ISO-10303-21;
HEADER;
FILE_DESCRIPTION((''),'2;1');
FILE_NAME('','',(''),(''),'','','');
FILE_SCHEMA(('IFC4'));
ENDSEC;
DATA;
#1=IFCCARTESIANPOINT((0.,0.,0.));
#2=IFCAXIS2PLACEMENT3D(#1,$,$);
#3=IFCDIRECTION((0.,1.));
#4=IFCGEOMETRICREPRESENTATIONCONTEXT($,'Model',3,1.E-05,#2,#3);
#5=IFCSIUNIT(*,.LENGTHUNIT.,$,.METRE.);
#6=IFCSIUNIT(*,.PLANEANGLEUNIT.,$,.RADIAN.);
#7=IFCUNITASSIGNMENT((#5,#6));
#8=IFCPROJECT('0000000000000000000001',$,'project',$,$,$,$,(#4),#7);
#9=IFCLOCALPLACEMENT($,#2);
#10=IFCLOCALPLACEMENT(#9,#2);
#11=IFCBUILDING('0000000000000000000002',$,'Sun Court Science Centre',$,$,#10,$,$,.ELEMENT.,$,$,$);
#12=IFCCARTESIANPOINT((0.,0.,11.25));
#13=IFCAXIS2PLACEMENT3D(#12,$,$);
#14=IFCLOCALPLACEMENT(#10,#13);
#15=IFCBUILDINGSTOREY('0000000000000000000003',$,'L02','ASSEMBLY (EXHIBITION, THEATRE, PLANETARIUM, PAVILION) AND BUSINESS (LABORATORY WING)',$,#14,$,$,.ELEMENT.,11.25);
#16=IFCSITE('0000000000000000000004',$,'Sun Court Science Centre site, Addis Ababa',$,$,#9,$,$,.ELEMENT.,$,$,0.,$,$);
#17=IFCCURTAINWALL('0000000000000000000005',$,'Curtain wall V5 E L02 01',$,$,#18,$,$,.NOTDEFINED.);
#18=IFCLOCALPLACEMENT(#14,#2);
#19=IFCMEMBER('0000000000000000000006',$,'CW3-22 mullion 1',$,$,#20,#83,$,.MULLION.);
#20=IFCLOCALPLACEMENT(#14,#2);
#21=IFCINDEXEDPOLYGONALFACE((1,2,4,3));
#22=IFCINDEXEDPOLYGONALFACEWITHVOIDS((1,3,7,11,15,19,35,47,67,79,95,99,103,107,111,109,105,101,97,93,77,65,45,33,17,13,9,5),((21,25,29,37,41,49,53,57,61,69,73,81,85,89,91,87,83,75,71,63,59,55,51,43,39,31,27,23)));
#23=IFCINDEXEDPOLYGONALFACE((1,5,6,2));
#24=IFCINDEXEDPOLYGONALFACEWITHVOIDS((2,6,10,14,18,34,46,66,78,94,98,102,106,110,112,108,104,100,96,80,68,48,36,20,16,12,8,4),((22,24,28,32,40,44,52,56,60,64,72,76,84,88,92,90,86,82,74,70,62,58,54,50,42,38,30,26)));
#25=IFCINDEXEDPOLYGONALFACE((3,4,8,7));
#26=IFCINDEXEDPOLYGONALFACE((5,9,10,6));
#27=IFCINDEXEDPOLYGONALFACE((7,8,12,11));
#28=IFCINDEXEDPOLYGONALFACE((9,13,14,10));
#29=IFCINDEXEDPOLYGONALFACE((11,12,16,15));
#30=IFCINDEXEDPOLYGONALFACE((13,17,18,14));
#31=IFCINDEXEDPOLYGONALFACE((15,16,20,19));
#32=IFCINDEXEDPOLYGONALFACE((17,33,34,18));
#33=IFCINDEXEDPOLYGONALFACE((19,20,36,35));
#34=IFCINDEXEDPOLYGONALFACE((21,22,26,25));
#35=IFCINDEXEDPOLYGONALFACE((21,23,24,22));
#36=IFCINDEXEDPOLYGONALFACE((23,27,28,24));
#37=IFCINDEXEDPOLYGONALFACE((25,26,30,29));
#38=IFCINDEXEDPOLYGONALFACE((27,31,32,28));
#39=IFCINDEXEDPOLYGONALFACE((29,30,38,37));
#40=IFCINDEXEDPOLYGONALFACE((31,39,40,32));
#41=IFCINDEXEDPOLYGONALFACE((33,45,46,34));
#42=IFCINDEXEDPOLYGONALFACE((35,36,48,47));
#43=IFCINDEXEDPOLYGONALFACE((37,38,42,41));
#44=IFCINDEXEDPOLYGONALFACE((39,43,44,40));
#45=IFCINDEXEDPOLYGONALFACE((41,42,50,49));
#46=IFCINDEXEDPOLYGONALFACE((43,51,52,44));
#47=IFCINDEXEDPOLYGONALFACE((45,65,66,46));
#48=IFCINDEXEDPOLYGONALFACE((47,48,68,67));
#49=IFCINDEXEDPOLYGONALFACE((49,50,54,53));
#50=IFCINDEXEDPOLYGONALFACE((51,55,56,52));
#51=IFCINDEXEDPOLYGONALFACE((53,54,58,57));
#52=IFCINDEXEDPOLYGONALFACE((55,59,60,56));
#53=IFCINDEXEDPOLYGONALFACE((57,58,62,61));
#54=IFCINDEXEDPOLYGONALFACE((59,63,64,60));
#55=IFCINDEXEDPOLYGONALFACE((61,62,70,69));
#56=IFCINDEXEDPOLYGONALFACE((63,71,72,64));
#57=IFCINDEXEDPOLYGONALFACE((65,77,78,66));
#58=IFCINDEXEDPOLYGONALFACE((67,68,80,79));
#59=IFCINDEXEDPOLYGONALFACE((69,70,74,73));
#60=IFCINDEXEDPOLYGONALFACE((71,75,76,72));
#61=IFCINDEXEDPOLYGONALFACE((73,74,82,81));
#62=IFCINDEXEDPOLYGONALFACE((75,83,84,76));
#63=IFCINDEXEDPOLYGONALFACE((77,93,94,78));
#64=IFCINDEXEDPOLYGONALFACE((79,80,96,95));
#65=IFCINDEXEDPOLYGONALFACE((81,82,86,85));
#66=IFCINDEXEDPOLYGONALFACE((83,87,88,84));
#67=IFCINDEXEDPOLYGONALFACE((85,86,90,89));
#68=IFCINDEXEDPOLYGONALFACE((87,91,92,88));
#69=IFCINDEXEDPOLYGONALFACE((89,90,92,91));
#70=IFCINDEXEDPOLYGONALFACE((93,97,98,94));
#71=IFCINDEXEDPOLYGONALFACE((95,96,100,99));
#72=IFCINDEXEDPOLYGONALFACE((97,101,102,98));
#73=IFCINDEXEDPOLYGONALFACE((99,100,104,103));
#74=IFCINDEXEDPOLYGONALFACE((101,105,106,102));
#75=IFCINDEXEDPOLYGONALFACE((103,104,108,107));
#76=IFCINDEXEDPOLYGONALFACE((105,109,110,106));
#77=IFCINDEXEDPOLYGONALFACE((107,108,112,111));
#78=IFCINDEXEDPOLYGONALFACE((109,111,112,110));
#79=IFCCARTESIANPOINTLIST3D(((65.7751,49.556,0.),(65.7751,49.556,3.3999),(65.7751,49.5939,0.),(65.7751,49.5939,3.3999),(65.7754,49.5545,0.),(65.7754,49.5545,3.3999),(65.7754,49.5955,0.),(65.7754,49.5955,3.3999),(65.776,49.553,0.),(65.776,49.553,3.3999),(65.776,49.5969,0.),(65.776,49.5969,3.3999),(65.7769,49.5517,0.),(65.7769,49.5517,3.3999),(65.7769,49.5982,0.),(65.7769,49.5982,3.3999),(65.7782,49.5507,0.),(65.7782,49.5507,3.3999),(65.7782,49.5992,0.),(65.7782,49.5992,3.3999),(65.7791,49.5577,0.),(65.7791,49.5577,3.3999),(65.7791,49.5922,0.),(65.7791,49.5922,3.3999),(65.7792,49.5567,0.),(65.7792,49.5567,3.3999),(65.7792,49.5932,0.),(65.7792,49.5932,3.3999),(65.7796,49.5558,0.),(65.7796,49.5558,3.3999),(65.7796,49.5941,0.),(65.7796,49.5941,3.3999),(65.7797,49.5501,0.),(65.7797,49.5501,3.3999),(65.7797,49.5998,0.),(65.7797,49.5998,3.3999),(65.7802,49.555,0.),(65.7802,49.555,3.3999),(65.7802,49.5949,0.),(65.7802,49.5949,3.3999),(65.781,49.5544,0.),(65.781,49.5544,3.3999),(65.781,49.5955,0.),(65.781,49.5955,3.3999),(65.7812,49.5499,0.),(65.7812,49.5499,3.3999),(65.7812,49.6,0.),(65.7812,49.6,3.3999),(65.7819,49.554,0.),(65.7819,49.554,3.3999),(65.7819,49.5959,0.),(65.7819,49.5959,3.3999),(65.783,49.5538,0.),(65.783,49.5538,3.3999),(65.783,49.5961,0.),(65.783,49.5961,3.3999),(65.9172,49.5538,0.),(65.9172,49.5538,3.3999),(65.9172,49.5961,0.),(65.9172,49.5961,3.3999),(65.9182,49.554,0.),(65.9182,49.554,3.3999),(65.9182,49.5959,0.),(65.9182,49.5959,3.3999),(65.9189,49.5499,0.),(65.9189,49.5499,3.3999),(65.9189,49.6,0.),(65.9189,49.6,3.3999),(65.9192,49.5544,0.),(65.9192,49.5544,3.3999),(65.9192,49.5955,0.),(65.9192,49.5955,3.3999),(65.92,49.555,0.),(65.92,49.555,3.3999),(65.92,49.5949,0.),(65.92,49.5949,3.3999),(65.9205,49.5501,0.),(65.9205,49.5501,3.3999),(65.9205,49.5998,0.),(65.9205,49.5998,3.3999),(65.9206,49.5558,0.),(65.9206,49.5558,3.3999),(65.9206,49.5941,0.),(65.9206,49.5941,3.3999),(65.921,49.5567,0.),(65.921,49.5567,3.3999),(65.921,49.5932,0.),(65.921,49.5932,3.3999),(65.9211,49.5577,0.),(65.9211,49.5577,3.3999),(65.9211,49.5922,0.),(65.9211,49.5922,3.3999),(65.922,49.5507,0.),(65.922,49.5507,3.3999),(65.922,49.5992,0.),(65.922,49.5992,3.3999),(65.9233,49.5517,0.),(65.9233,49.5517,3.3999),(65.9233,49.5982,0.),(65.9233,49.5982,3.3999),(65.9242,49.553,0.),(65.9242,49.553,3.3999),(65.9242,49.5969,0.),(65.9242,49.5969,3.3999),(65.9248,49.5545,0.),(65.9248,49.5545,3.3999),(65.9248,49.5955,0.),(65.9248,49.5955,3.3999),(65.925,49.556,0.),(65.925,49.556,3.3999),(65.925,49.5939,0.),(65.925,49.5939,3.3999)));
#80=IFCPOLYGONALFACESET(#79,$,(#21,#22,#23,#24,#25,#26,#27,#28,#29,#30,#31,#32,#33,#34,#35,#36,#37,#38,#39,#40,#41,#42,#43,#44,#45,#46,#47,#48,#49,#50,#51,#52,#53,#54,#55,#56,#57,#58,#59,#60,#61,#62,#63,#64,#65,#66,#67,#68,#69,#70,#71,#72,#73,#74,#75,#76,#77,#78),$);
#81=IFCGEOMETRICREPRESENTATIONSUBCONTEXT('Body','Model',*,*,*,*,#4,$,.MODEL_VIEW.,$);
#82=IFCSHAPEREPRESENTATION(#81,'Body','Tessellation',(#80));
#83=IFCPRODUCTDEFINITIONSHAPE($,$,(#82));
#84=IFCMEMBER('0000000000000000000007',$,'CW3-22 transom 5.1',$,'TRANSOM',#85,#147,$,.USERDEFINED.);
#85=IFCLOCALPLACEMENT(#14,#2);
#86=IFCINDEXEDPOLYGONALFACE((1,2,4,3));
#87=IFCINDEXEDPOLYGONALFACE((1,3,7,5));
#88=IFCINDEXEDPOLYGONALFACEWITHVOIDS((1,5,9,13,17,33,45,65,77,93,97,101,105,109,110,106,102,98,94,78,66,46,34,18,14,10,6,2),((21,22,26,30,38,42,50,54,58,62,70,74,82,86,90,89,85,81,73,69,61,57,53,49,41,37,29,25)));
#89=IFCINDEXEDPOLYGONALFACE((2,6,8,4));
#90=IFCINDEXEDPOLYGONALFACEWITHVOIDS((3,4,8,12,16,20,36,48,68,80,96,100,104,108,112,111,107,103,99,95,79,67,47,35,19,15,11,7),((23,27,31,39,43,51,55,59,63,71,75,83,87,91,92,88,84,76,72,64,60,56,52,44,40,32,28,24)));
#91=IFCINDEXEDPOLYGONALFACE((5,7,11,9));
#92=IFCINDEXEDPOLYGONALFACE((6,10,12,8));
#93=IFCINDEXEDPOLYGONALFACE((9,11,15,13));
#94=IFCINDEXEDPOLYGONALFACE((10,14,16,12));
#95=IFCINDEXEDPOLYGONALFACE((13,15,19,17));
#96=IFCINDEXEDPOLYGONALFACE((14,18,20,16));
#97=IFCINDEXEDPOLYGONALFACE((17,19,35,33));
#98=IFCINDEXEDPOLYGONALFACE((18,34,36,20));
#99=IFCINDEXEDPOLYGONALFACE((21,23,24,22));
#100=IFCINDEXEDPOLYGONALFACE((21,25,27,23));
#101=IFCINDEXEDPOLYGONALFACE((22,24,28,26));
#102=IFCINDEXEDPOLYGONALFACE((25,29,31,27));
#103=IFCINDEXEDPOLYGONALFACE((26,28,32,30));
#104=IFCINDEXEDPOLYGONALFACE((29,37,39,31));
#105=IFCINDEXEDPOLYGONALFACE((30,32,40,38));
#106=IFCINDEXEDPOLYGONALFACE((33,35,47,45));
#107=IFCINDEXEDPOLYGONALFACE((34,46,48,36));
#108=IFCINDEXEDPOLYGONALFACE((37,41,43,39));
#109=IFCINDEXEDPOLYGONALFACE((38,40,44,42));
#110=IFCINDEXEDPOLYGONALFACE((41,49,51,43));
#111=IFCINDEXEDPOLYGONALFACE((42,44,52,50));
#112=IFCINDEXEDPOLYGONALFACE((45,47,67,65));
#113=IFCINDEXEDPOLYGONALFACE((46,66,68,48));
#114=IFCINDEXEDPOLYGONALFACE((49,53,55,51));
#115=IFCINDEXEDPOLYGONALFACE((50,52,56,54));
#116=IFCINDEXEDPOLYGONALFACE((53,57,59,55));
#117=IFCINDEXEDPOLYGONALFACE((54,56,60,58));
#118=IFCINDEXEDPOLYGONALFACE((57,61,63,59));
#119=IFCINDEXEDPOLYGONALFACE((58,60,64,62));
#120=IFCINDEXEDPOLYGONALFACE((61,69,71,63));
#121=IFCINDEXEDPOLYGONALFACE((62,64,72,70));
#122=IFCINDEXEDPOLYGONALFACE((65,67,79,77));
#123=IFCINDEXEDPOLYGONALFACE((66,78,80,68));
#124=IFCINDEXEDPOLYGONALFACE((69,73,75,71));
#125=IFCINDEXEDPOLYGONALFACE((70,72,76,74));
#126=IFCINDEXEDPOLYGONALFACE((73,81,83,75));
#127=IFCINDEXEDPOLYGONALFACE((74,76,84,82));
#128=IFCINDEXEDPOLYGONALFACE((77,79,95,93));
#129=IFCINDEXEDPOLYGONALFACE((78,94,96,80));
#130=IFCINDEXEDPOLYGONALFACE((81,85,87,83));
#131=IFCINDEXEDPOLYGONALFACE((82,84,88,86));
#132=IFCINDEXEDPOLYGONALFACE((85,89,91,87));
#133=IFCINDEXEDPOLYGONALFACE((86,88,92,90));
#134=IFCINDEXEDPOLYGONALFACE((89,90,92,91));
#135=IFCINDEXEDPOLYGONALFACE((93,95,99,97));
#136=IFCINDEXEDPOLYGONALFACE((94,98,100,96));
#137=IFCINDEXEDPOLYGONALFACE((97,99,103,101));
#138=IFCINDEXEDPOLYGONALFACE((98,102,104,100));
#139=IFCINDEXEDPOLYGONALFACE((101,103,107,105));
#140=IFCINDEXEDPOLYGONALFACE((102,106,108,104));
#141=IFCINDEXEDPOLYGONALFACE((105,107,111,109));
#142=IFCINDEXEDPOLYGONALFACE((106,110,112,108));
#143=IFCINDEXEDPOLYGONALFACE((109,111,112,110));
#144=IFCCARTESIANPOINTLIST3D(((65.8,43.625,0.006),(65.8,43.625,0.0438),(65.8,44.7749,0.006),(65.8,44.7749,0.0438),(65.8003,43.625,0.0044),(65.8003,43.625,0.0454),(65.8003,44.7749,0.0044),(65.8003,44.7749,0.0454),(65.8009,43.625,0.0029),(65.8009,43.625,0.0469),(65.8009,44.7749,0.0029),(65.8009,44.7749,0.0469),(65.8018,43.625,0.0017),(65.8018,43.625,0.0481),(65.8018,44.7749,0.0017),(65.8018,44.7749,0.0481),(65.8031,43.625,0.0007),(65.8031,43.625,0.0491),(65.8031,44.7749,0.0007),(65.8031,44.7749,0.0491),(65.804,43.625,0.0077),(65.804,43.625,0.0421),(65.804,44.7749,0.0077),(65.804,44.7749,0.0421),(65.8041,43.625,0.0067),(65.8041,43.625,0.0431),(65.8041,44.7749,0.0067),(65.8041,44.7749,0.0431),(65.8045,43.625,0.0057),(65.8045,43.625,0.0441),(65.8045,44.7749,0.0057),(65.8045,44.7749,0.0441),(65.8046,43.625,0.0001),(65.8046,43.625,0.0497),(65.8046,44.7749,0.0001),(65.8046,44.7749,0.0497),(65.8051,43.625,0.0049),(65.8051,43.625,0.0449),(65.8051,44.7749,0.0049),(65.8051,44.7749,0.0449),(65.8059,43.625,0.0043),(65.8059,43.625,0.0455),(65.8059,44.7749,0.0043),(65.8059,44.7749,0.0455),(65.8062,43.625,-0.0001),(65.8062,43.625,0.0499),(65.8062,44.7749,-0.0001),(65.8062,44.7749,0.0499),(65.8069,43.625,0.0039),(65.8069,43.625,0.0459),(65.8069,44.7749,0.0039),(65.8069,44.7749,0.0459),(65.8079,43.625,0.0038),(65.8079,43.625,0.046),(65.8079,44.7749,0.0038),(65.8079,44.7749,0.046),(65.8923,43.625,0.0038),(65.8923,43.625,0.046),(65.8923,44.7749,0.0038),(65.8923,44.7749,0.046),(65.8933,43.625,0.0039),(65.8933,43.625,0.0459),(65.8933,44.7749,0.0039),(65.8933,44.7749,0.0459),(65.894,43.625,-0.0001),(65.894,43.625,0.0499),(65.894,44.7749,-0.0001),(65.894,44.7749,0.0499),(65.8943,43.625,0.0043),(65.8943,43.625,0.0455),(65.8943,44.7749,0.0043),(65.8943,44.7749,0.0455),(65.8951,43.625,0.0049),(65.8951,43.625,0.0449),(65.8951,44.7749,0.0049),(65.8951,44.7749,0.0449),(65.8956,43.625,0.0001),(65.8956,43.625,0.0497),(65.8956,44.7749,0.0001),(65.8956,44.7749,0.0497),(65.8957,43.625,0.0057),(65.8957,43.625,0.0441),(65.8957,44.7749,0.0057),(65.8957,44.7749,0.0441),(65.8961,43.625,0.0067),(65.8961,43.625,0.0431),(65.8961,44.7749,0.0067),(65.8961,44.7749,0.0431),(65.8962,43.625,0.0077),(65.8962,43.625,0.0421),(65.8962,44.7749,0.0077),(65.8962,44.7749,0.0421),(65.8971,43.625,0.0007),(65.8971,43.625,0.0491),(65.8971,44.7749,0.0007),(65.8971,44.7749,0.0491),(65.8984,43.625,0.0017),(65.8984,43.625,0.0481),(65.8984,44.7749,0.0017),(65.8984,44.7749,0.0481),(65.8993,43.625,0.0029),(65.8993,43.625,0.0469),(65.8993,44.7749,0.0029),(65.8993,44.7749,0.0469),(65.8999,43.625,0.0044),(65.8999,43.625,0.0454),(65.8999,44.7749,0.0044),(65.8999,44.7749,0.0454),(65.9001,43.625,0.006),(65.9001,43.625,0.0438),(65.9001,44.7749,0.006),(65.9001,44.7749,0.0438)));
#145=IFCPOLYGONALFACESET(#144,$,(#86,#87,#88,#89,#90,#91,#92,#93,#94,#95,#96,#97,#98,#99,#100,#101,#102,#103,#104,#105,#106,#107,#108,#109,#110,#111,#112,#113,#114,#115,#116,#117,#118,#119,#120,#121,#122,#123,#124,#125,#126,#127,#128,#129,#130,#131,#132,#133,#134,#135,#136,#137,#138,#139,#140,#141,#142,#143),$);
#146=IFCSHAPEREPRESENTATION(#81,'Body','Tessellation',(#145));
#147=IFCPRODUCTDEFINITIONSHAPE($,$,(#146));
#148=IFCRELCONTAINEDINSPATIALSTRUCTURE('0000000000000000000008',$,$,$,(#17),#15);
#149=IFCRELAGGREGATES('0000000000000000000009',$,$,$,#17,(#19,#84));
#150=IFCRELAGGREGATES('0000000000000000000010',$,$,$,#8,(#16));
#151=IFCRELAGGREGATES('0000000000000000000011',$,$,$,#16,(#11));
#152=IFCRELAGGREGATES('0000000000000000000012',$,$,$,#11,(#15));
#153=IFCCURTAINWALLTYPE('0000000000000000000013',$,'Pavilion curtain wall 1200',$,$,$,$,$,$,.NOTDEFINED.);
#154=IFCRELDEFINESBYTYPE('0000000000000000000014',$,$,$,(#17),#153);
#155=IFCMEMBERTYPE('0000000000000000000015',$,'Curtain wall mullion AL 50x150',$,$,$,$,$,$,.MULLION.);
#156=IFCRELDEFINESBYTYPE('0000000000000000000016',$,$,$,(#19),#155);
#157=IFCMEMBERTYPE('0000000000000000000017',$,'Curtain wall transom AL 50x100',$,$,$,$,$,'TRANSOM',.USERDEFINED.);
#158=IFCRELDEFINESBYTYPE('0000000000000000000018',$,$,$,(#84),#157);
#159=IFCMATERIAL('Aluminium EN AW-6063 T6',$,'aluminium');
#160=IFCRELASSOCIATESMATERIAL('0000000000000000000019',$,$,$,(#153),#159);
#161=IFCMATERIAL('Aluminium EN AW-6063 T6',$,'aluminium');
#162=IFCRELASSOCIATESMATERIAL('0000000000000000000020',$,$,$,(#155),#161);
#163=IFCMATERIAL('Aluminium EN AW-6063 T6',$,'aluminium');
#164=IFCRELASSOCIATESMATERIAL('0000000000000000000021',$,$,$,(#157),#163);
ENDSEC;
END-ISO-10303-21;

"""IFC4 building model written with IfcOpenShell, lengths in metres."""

from ifc_helpers import new_model, si_unit, direction, frame, origin, origin_2d, place, context, subcontext, project, spatial, hollow_rectangle, extrude, material, material_profile, profile_set, type_object, element, aggregate, save


model = new_model("IFC4")

# Units and contexts
model_context = context("Model", 3, precision=1e-05, world=origin(), true_north=direction((0.0, 1.0)))
body_context = subcontext(model_context, "Body", "Model", "MODEL_VIEW")
ifc_project = project(units=[si_unit("LENGTHUNIT", "METRE"), si_unit("PLANEANGLEUNIT", "RADIAN")], contexts=[model_context])

# Site, building, storey
site_placement = place(None, origin())
site = spatial("IfcSite", under=ifc_project, at=site_placement, Name="Sun Court Science Centre site, Addis Ababa", CompositionType="ELEMENT", RefElevation=0.0)
building_placement = place(site_placement, origin())
building = spatial("IfcBuilding", under=site, at=building_placement, Name="Sun Court Science Centre", CompositionType="ELEMENT")
storey_placement = place(building_placement, frame((0.0, 0.0, 11.25)))
storey = spatial("IfcBuildingStorey", under=building, at=storey_placement, Name="L02", Description="ASSEMBLY (EXHIBITION, THEATRE, PLANETARIUM, PAVILION) AND BUSINESS (LABORATORY WING)", CompositionType="ELEMENT", Elevation=11.25)

# Curtain wall, members
ifc_material_1 = material(Name="Aluminium EN AW-6063 T6", Category="aluminium")
curtain_wall_type = type_object("IfcCurtainWallType", Name="Pavilion curtain wall 1200", PredefinedType="NOTDEFINED", material=ifc_material_1)
curtain_wall_placement = place(storey_placement, origin())
curtain_wall = element("IfcCurtainWall", 1, at=curtain_wall_placement, inside=storey, type_object=curtain_wall_type, Name="Curtain wall V5 E L02 01", PredefinedType="NOTDEFINED")
ifc_material_2 = material(Name="Aluminium EN AW-6063 T6", Category="aluminium")
ifc_material_profile_1 = material_profile(ifc_material_2, hollow_rectangle(XDim=0.05, YDim=0.1499, WallThickness=0.0039, InnerFilletRadius=0.0039, OuterFilletRadius=0.0061, at=origin_2d()), Name="AL 50x150x4")
ifc_profile_set_1 = profile_set([ifc_material_profile_1], Name="Aluminium EN AW-6063 T6")
member_type_1 = type_object("IfcMemberType", Name="Curtain wall mullion AL 50x150", PredefinedType="MULLION", material=ifc_profile_set_1)
member_1_placement = place(storey_placement, frame((65.8501, 49.575, 0.0), z_axis=(0.0, 0.0, 1.0), x_axis=(0.0, -1.0, 0.0)))
member_1 = element("IfcMember", 2, at=member_1_placement, type_object=member_type_1, Name="CW3-22 mullion 1", PredefinedType="MULLION", context=body_context, shape_type="SweptSolid", body=[
    extrude(hollow_rectangle(XDim=0.05, YDim=0.1499, WallThickness=0.0039, InnerFilletRadius=0.0039, OuterFilletRadius=0.0061, at=origin_2d()), origin(), (0.0, 0.0, 1.0), 3.3999),
])
ifc_material_3 = material(Name="Aluminium EN AW-6063 T6", Category="aluminium")
ifc_material_profile_2 = material_profile(ifc_material_3, hollow_rectangle(XDim=0.05, YDim=0.1001, WallThickness=0.0039, InnerFilletRadius=0.0039, OuterFilletRadius=0.0061, at=origin_2d()), Name="AL 50x100x4")
ifc_profile_set_2 = profile_set([ifc_material_profile_2], Name="Aluminium EN AW-6063 T6")
member_type_2 = type_object("IfcMemberType", Name="Curtain wall transom AL 50x100", ElementType="TRANSOM", PredefinedType="USERDEFINED", material=ifc_profile_set_2)
member_2_placement = place(storey_placement, frame((65.8501, 44.7749, 0.0249), z_axis=(0.0, -1.0, 0.0), x_axis=(0.0, 0.0, 1.0)))
member_2 = element("IfcMember", 3, at=member_2_placement, type_object=member_type_2, Name="CW3-22 transom 5.1", ObjectType="TRANSOM", PredefinedType="USERDEFINED", context=body_context, shape_type="SweptSolid", body=[
    extrude(hollow_rectangle(XDim=0.05, YDim=0.1001, WallThickness=0.0039, InnerFilletRadius=0.0039, OuterFilletRadius=0.0061, at=origin_2d()), origin(), (0.0, 0.0, 1.0), 1.1499),
])
aggregate(curtain_wall, [member_1, member_2])

save(model, "model.ifc")
